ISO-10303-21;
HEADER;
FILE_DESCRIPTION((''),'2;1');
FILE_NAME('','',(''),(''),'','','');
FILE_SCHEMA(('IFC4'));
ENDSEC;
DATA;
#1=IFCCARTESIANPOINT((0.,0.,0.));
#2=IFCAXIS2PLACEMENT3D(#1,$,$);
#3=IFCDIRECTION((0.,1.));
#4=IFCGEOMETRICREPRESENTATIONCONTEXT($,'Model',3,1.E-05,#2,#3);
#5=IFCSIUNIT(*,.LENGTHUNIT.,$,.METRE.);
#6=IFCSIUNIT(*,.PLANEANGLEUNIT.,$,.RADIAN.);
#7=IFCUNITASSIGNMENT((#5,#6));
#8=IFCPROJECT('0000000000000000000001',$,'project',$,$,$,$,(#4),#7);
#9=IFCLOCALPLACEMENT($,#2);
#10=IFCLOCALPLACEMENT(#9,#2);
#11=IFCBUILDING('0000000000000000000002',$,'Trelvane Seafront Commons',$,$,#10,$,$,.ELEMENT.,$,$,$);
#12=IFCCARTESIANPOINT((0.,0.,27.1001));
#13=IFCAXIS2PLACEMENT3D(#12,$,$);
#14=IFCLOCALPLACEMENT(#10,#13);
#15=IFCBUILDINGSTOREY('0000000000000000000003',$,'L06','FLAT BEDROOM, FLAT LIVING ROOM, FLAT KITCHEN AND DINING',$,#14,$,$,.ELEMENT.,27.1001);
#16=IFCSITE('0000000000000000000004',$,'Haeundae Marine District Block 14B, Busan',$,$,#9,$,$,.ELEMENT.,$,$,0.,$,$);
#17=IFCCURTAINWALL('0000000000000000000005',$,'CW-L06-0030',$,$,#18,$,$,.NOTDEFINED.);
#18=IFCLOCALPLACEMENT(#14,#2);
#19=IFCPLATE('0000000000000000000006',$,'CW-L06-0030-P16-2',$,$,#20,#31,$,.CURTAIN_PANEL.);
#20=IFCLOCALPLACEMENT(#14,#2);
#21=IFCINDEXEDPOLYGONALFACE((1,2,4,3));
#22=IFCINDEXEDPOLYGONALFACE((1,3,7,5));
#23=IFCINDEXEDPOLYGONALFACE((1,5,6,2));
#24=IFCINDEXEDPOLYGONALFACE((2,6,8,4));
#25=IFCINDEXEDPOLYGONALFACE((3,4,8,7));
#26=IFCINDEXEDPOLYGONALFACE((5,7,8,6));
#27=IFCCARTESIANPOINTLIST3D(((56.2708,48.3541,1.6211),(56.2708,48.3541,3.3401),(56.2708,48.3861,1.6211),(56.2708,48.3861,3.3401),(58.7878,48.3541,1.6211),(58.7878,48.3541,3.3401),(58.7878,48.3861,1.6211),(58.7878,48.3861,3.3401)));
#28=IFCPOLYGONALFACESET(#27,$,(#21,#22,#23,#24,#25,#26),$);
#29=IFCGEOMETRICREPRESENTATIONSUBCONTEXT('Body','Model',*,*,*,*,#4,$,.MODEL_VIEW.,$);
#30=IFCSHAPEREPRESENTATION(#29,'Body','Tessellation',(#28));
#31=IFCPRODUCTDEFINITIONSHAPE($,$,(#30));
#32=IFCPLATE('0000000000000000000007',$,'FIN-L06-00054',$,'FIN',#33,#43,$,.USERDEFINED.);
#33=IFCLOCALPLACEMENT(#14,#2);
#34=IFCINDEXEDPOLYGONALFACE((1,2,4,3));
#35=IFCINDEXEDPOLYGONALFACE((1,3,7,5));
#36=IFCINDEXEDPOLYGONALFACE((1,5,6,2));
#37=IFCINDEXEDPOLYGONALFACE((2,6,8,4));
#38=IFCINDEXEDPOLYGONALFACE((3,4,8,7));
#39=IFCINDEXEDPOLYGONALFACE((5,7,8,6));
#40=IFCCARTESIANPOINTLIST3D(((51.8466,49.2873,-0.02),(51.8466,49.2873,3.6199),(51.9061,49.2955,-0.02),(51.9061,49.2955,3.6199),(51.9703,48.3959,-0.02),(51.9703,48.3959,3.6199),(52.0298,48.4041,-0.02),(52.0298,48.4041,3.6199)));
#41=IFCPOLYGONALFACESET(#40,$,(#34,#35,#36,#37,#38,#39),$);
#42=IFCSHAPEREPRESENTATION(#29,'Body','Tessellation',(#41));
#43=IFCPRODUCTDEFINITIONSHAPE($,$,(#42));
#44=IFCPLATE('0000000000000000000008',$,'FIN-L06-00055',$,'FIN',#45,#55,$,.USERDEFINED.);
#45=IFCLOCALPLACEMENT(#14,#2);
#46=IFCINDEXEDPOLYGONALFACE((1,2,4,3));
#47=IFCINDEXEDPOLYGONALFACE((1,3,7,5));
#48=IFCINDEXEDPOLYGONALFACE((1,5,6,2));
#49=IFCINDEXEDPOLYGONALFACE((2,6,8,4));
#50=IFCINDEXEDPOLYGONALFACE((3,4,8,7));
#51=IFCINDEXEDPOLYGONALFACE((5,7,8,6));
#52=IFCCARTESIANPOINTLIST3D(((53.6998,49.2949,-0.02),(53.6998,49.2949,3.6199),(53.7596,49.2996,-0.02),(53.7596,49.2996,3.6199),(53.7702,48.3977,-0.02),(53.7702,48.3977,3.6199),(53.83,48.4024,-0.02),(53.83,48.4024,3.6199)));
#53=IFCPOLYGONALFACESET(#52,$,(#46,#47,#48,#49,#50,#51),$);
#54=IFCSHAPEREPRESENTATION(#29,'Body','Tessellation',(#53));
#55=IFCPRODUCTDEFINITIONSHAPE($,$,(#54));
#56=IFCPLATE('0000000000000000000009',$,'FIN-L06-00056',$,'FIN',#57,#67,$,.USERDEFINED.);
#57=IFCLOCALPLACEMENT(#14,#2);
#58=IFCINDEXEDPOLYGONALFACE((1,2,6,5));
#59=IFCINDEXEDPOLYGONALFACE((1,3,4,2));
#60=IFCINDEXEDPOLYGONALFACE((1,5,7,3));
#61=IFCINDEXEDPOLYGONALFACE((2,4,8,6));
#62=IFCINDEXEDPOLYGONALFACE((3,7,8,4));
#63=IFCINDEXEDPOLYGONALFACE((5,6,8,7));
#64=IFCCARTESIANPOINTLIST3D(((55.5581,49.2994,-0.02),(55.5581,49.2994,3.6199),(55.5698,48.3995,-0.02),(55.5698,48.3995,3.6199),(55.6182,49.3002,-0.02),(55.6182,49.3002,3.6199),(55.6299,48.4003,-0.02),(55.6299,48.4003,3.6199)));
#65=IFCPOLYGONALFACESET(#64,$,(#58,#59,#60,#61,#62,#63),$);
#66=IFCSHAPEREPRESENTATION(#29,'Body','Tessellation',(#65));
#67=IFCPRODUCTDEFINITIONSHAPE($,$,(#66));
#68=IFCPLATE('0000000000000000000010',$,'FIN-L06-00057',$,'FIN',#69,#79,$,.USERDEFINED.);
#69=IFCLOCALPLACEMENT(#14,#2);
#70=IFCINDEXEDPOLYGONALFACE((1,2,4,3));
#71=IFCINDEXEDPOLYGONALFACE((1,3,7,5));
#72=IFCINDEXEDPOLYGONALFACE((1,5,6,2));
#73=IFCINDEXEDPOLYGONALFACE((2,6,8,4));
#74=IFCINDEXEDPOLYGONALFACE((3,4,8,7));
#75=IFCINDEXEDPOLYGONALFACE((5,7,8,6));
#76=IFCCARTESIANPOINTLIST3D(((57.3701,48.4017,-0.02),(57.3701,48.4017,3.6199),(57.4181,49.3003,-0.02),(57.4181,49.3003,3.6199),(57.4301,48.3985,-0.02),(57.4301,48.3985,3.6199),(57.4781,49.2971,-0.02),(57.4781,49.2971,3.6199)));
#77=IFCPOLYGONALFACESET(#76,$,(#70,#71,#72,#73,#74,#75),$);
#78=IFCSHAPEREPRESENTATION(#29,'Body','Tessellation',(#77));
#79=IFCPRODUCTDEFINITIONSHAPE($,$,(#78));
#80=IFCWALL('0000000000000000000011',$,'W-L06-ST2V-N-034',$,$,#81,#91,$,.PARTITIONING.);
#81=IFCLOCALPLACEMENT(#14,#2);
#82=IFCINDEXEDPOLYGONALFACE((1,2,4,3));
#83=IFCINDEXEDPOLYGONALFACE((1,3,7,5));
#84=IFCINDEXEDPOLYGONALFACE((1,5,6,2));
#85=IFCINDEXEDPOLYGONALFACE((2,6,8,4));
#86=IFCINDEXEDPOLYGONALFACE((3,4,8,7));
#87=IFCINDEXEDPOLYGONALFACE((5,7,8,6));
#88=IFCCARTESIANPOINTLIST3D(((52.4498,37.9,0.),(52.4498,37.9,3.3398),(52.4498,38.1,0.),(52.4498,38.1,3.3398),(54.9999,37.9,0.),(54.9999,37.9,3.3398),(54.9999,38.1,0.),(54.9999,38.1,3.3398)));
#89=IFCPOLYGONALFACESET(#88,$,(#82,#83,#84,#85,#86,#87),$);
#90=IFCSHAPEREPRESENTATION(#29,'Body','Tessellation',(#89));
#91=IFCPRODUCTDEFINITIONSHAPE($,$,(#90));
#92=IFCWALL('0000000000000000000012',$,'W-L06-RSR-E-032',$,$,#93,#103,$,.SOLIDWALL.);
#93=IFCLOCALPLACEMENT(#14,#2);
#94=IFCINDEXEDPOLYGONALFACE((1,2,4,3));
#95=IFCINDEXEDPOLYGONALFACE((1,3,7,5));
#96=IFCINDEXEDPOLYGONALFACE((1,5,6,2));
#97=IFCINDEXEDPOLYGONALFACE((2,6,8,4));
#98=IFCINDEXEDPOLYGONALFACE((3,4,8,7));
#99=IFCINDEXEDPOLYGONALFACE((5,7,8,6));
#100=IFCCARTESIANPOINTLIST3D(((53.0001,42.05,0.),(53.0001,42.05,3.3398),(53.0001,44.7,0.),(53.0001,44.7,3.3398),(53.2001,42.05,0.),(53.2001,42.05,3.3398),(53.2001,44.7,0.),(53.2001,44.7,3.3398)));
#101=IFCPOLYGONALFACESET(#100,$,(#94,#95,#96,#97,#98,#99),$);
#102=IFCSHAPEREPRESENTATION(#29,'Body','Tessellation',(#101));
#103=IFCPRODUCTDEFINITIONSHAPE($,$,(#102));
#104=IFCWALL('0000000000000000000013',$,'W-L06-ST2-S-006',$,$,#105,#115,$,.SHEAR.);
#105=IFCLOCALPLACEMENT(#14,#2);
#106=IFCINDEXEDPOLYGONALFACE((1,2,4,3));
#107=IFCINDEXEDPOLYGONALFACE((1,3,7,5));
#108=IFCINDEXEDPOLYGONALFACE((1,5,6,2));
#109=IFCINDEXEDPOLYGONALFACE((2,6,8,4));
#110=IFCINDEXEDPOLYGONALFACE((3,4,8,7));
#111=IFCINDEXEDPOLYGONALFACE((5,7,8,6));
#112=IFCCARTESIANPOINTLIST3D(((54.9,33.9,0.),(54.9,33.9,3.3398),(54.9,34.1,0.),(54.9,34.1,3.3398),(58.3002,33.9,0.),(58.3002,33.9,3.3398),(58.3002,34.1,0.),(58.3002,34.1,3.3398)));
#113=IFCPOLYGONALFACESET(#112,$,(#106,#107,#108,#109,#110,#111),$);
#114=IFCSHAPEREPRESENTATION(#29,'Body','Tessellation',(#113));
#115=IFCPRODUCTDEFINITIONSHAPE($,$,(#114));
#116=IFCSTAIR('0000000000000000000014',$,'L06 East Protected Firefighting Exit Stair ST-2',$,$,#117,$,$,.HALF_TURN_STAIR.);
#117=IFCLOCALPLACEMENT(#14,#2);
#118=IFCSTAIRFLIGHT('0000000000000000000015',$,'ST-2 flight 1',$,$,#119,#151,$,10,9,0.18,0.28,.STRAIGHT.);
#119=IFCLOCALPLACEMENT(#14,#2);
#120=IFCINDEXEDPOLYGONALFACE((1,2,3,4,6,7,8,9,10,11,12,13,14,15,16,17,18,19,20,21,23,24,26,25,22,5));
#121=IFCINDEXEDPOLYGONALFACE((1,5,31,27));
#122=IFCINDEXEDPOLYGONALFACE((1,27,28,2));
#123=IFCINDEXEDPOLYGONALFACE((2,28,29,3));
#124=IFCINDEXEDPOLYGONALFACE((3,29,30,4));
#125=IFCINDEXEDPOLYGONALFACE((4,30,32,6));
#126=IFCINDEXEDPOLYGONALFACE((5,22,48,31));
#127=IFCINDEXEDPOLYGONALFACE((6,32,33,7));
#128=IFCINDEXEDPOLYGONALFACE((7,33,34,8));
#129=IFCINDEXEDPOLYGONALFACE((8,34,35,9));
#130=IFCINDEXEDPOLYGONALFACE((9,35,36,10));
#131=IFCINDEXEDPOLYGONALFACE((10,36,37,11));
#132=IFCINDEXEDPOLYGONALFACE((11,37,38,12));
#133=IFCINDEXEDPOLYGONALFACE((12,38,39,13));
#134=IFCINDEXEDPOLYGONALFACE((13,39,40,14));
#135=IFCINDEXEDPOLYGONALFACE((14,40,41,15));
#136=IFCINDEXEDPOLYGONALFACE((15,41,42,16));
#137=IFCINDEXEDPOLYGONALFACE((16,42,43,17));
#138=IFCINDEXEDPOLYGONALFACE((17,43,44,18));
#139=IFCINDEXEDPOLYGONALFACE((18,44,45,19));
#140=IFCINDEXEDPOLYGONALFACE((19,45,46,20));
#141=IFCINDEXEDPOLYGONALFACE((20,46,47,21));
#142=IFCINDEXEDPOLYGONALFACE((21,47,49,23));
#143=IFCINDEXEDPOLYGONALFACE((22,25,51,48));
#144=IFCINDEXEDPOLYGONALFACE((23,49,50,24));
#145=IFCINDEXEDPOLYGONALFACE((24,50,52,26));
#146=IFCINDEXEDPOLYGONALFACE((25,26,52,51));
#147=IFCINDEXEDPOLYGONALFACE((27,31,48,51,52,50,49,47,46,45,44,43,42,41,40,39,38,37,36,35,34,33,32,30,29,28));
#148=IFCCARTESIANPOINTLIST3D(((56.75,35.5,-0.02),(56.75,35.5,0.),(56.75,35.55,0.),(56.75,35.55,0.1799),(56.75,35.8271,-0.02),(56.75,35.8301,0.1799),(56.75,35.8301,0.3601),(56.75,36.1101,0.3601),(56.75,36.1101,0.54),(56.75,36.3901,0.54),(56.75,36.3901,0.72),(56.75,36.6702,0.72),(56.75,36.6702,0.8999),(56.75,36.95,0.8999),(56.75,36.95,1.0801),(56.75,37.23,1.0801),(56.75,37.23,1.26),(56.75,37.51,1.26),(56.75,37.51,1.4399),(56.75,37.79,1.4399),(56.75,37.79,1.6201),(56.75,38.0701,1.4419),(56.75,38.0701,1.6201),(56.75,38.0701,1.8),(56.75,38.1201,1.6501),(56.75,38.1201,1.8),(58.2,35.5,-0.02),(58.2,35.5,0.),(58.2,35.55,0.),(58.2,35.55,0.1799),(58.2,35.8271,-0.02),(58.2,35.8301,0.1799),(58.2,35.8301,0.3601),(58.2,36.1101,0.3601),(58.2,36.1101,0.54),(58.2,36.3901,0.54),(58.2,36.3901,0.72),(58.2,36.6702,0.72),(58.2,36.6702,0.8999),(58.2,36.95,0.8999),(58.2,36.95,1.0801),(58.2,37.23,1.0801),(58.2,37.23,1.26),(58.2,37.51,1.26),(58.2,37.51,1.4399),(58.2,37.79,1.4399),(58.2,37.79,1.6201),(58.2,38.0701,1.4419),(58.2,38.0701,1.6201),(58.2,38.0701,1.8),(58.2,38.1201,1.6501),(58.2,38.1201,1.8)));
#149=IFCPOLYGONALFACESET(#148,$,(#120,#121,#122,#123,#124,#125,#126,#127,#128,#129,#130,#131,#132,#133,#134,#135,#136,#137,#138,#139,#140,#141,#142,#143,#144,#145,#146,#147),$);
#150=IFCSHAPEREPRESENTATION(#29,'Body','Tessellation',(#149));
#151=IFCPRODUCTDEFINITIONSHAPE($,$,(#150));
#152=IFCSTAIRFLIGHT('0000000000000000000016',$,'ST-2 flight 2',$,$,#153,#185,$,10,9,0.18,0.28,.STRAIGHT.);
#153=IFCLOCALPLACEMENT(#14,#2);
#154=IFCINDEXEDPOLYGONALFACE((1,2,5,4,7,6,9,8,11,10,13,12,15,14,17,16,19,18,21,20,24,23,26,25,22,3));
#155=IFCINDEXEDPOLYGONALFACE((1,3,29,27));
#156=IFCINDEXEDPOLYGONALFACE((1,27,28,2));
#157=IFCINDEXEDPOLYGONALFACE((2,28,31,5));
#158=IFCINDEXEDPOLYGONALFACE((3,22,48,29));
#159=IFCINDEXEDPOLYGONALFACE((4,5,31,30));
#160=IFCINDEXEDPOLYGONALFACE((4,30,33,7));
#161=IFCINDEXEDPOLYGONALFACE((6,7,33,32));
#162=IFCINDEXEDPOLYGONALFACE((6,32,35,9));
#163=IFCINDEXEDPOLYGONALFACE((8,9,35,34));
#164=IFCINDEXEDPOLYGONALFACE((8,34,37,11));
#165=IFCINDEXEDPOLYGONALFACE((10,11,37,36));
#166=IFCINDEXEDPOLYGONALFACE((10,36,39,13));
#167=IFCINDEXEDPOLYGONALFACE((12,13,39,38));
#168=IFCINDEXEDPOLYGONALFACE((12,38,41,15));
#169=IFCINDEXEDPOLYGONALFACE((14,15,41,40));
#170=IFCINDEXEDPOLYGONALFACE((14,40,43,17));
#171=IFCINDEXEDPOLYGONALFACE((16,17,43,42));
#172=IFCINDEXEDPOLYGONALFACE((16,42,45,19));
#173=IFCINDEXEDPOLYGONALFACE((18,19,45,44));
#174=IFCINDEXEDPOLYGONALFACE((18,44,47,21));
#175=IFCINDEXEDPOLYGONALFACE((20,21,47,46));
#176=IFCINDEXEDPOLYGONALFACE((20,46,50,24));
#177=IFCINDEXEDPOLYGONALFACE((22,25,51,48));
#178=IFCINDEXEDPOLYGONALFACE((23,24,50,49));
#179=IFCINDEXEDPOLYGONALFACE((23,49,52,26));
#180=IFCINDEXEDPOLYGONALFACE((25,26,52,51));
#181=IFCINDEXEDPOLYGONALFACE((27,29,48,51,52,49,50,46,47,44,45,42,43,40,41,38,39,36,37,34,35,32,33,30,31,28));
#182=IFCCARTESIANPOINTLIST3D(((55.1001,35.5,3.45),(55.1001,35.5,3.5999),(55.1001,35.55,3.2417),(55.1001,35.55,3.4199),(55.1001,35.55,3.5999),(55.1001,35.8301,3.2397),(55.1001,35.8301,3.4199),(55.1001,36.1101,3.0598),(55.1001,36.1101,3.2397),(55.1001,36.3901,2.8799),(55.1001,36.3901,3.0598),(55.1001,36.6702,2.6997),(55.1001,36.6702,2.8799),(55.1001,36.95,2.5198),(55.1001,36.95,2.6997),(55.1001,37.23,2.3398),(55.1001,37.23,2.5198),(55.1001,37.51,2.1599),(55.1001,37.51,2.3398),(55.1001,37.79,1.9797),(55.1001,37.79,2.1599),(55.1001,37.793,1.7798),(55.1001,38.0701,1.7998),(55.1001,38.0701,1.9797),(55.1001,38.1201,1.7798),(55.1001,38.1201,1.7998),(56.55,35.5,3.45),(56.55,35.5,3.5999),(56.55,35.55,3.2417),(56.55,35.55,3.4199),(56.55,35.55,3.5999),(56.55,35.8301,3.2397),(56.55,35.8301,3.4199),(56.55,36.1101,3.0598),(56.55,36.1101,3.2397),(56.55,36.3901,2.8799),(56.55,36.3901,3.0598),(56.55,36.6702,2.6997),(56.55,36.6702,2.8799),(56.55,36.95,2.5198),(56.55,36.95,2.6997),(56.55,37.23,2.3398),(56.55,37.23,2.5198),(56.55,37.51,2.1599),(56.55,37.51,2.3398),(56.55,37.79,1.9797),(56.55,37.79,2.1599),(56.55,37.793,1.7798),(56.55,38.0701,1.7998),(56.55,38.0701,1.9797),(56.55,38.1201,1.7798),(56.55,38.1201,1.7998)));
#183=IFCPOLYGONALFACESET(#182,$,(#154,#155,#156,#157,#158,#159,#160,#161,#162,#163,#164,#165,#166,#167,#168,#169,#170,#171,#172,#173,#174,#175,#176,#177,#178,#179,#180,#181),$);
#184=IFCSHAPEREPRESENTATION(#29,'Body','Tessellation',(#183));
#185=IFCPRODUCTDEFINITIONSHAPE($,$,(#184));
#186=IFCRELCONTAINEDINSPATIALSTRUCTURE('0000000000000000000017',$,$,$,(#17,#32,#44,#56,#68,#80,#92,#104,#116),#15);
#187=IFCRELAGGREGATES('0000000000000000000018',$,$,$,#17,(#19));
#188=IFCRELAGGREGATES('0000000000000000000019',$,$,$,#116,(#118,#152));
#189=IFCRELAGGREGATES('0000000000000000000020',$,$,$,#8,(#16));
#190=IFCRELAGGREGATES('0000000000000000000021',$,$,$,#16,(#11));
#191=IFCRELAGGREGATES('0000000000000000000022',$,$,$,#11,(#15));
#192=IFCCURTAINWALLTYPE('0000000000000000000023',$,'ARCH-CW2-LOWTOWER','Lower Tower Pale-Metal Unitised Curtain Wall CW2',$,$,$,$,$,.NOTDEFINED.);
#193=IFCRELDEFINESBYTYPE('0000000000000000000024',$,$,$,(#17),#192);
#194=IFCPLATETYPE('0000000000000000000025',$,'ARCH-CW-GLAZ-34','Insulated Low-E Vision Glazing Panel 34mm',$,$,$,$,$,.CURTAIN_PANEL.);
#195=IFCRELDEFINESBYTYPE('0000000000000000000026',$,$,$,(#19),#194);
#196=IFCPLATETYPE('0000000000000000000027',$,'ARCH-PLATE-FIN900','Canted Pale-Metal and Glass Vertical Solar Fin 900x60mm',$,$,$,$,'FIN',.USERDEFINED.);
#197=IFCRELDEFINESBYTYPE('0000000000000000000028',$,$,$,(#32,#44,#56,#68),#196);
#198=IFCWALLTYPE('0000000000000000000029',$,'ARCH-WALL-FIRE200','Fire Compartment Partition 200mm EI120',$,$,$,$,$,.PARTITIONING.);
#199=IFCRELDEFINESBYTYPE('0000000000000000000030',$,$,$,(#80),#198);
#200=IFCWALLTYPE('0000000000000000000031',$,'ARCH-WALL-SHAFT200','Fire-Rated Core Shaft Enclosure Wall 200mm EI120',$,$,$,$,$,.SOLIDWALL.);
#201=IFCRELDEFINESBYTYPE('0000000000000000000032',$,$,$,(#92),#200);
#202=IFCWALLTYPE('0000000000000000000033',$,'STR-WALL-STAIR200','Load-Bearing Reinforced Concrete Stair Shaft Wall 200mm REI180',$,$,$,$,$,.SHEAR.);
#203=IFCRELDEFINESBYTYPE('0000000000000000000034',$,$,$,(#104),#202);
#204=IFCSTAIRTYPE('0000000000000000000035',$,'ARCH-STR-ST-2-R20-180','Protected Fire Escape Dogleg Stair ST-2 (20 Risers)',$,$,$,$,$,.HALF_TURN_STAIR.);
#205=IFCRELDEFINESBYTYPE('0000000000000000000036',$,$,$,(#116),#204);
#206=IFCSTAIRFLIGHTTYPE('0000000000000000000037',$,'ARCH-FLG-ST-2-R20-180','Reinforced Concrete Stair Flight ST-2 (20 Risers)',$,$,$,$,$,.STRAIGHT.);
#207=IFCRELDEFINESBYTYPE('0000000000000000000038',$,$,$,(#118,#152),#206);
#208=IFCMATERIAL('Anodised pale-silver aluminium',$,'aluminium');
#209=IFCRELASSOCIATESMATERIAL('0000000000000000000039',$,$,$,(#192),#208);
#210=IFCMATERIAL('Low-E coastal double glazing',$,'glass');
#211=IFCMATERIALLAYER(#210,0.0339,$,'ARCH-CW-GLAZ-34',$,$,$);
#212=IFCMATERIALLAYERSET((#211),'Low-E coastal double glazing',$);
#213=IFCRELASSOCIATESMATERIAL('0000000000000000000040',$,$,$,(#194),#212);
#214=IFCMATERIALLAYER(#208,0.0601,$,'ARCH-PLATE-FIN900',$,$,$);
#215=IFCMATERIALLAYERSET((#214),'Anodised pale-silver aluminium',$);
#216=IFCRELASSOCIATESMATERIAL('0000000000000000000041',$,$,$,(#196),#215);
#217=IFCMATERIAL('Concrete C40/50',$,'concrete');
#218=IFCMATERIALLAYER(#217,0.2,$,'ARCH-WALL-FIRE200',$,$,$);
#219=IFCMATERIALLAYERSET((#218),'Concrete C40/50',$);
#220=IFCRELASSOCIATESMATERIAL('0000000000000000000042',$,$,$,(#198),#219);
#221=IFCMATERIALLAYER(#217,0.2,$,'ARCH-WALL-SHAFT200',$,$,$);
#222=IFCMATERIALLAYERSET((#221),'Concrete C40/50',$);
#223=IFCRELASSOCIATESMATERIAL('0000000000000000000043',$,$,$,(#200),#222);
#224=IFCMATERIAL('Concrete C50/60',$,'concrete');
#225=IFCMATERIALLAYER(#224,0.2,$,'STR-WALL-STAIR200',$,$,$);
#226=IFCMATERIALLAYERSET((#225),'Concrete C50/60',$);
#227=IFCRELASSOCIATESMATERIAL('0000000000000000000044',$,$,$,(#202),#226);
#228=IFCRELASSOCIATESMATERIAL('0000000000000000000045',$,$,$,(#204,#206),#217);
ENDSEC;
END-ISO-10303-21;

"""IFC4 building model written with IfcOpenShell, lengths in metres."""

from ifc_helpers import new_model, si_unit, direction, frame, frame_2d, origin, origin_2d, place, context, subcontext, project, spatial, polyline, rectangle, outline, extrude, source, transform, mapped, material, layer, layer_set, type_object, element, aggregate, save


model = new_model("IFC4")

# Units and contexts
model_context = context("Model", 3, precision=1e-05, world=origin(), true_north=direction((0.0, 1.0)))
body_context = subcontext(model_context, "Body", "Model", "MODEL_VIEW")
ifc_project = project(units=[si_unit("LENGTHUNIT", "METRE"), si_unit("PLANEANGLEUNIT", "RADIAN")], contexts=[model_context])

# Site, building, storey
site_placement = place(None, origin())
site = spatial("IfcSite", under=ifc_project, at=site_placement, Name="Haeundae Marine District Block 14B, Busan", CompositionType="ELEMENT", RefElevation=0.0)
building_placement = place(site_placement, origin())
building = spatial("IfcBuilding", under=site, at=building_placement, Name="Trelvane Seafront Commons", CompositionType="ELEMENT")
storey_placement = place(building_placement, frame((0.0, 0.0, 27.1001)))
storey = spatial("IfcBuildingStorey", under=building, at=storey_placement, Name="L06", Description="FLAT BEDROOM, FLAT LIVING ROOM, FLAT KITCHEN AND DINING", CompositionType="ELEMENT", Elevation=27.1001)

# Curtain wall, plate
ifc_material_1 = material(Name="Anodised pale-silver aluminium", Category="aluminium")
curtain_wall_type = type_object("IfcCurtainWallType", Name="ARCH-CW2-LOWTOWER", Description="Lower Tower Pale-Metal Unitised Curtain Wall CW2", PredefinedType="NOTDEFINED", material=ifc_material_1)
curtain_wall_placement = place(storey_placement, origin())
curtain_wall = element("IfcCurtainWall", 1, at=curtain_wall_placement, inside=storey, type_object=curtain_wall_type, Name="CW-L06-0030", PredefinedType="NOTDEFINED")
ifc_material_2 = material(Name="Low-E coastal double glazing", Category="glass")
ifc_layer_1 = layer(ifc_material_2, 0.0339, Name="ARCH-CW-GLAZ-34")
ifc_layer_set_1 = layer_set([ifc_layer_1], Name="Low-E coastal double glazing")
plate_type_1 = type_object("IfcPlateType", Name="ARCH-CW-GLAZ-34", Description="Insulated Low-E Vision Glazing Panel 34mm", PredefinedType="CURTAIN_PANEL", material=ifc_layer_set_1)
shared_shape_1 = source(origin(), body_context, "Body", "SweptSolid", [
    extrude(rectangle(XDim=2.5171, YDim=0.032, at=origin_2d()), origin(), (0.0, 0.0, 1.0), 1.719),
])
plate_1_placement = place(storey_placement, frame((57.5293, 48.3701, 1.6211), z_axis=(0.0, 0.0, 1.0), x_axis=(1.0, 0.0, 0.0)))
plate_1 = element("IfcPlate", 2, at=plate_1_placement, type_object=plate_type_1, Name="CW-L06-0030-P16-2", PredefinedType="CURTAIN_PANEL", context=body_context, shape_type="MappedRepresentation", body=[
    mapped(shared_shape_1, transform((0.0, 0.0, 0.0), x_axis=(1.0, 0.0, 0.0), y_axis=(0.0, 1.0, 0.0), z_axis=(0.0, 0.0, 1.0), scale=1.0)),
])
aggregate(curtain_wall, [plate_1])

# Plates
ifc_layer_2 = layer(ifc_material_1, 0.0601, Name="ARCH-PLATE-FIN900")
ifc_layer_set_2 = layer_set([ifc_layer_2], Name="Anodised pale-silver aluminium")
plate_type_2 = type_object("IfcPlateType", Name="ARCH-PLATE-FIN900", Description="Canted Pale-Metal and Glass Vertical Solar Fin 900x60mm", ElementType="FIN", PredefinedType="USERDEFINED", material=ifc_layer_set_2)
shared_shape_2 = source(origin(), body_context, "Body", "SweptSolid", [
    extrude(rectangle(XDim=0.8999, YDim=0.0601, at=origin_2d()), origin(), (0.0, 0.0, 1.0), 3.6399),
])
for number, where, z_axis, x_axis, name in (
    (3, (51.9382, 48.8457, -0.02), (0.0, 0.0, 1.0), (-0.137438, 0.99051, 0.0), "FIN-L06-00054"),
    (4, (53.7649, 48.8486, -0.02), (0.0, 0.0, 1.0), (-0.078226, 0.996936, 0.0), "FIN-L06-00055"),
    (5, (55.594, 48.8499, -0.02), (0.0, 0.0, 1.0), (-0.013001, 0.999915, 0.0), "FIN-L06-00056"),
    (6, (57.4241, 48.8494, -0.02), (0.0, 0.0, 1.0), (0.053335, 0.998577, 0.0), "FIN-L06-00057"),
):
    element("IfcPlate", number, at=place(storey_placement, frame(where, z_axis=z_axis, x_axis=x_axis)), inside=storey, type_object=plate_type_2, Name=name, ObjectType="FIN", PredefinedType="USERDEFINED", context=body_context, shape_type="MappedRepresentation", body=[
        mapped(shared_shape_2, transform((0.0, 0.0, 0.0), x_axis=(1.0, 0.0, 0.0), y_axis=(0.0, 1.0, 0.0), z_axis=(0.0, 0.0, 1.0), scale=1.0)),
    ])

# Walls
ifc_material_3 = material(Name="Concrete C40/50", Category="concrete")
ifc_layer_3 = layer(ifc_material_3, 0.2, Name="ARCH-WALL-FIRE200")
ifc_layer_set_3 = layer_set([ifc_layer_3], Name="Concrete C40/50")
wall_type_1 = type_object("IfcWallType", Name="ARCH-WALL-FIRE200", Description="Fire Compartment Partition 200mm EI120", PredefinedType="PARTITIONING", material=ifc_layer_set_3)
wall_1_placement = place(storey_placement, frame((52.45, 38.0, 0.0), z_axis=(0.0, 0.0, 1.0), x_axis=(1.0, 0.0, 0.0)))
element("IfcWall", 7, at=wall_1_placement, inside=storey, type_object=wall_type_1, Name="W-L06-ST2V-N-034", PredefinedType="PARTITIONING", context=body_context, shape_type="SweptSolid", body=[
    extrude(rectangle(XDim=2.55, YDim=0.2, at=frame_2d((1.2749, 0.0))), origin(), (0.0, 0.0, 1.0), 3.3398),
])
ifc_layer_4 = layer(ifc_material_3, 0.2, Name="ARCH-WALL-SHAFT200")
ifc_layer_set_4 = layer_set([ifc_layer_4], Name="Concrete C40/50")
wall_type_2 = type_object("IfcWallType", Name="ARCH-WALL-SHAFT200", Description="Fire-Rated Core Shaft Enclosure Wall 200mm EI120", PredefinedType="SOLIDWALL", material=ifc_layer_set_4)
wall_2_placement = place(storey_placement, frame((53.1001, 42.05, 0.0), z_axis=(0.0, 0.0, 1.0), x_axis=(0.0, 1.0, 0.0)))
element("IfcWall", 8, at=wall_2_placement, inside=storey, type_object=wall_type_2, Name="W-L06-RSR-E-032", PredefinedType="SOLIDWALL", context=body_context, shape_type="SweptSolid", body=[
    extrude(rectangle(XDim=2.6499, YDim=0.2, at=frame_2d((1.325, 0.0))), origin(), (0.0, 0.0, 1.0), 3.3398),
])
ifc_material_4 = material(Name="Concrete C50/60", Category="concrete")
ifc_layer_5 = layer(ifc_material_4, 0.2, Name="STR-WALL-STAIR200")
ifc_layer_set_5 = layer_set([ifc_layer_5], Name="Concrete C50/60")
wall_type_3 = type_object("IfcWallType", Name="STR-WALL-STAIR200", Description="Load-Bearing Reinforced Concrete Stair Shaft Wall 200mm REI180", PredefinedType="SHEAR", material=ifc_layer_set_5)
wall_3_placement = place(storey_placement, frame((54.8999, 34.0, 0.0), z_axis=(0.0, 0.0, 1.0), x_axis=(1.0, 0.0, 0.0)))
element("IfcWall", 9, at=wall_3_placement, inside=storey, type_object=wall_type_3, Name="W-L06-ST2-S-006", PredefinedType="SHEAR", context=body_context, shape_type="SweptSolid", body=[
    extrude(rectangle(XDim=3.4001, YDim=0.2, at=frame_2d((1.7002, 0.0))), origin(), (0.0, 0.0, 1.0), 3.3398),
])

# Stair, stair flights
stair_type = type_object("IfcStairType", Name="ARCH-STR-ST-2-R20-180", Description="Protected Fire Escape Dogleg Stair ST-2 (20 Risers)", PredefinedType="HALF_TURN_STAIR", material=ifc_material_3)
stair_placement = place(storey_placement, origin())
stair = element("IfcStair", 10, at=stair_placement, inside=storey, type_object=stair_type, Name="L06 East Protected Firefighting Exit Stair ST-2", PredefinedType="HALF_TURN_STAIR")
stair_flight_type = type_object("IfcStairFlightType", Name="ARCH-FLG-ST-2-R20-180", Description="Reinforced Concrete Stair Flight ST-2 (20 Risers)", PredefinedType="STRAIGHT", material=ifc_material_3)
shared_shape_3 = source(origin(), body_context, "Body", "SweptSolid", [
    extrude(outline(polyline([(-0.05, -0.02), (-0.05, 0.0), (0.0, 0.0), (0.0, 0.1799), (0.28, 0.1799), (0.28, 0.3601), (0.5601, 0.3601), (0.5601, 0.54), (0.8401, 0.54), (0.8401, 0.72), (1.1201, 0.72), (1.1201, 0.8999), (1.3999, 0.8999), (1.3999, 1.0801), (1.6799, 1.0801), (1.6799, 1.26), (1.96, 1.26), (1.96, 1.4399), (2.24, 1.4399), (2.24, 1.6201), (2.52, 1.6201), (2.52, 1.8), (2.5701, 1.8), (2.5701, 1.6501), (2.52, 1.4419), (0.2771, -0.02), (-0.05, -0.02)])), frame((0.0, 0.7251, 0.0), z_axis=(0.0, -1.0, 0.0), x_axis=(1.0, 0.0, 0.0)), (0.0, 0.0, 1.0), 1.45),
])
stair_flight_1_placement = place(storey_placement, frame((57.4751, 35.55, 0.0), z_axis=(0.0, 0.0, 1.0), x_axis=(0.0, 1.0, 0.0)))
stair_flight_1 = element("IfcStairFlight", 11, at=stair_flight_1_placement, type_object=stair_flight_type, Name="ST-2 flight 1", NumberOfRisers=10, NumberOfTreads=9, PredefinedType="STRAIGHT", RiserHeight=0.18, TreadLength=0.28, context=body_context, shape_type="MappedRepresentation", body=[
    mapped(shared_shape_3, transform((0.0, 0.0, 0.0), x_axis=(1.0, 0.0, 0.0), y_axis=(0.0, 1.0, 0.0), z_axis=(0.0, 0.0, 1.0), scale=1.0)),
])
stair_flight_2_placement = place(storey_placement, frame((55.825, 38.0701, 1.7998), z_axis=(0.0, 0.0, 1.0), x_axis=(0.0, -1.0, 0.0)))
stair_flight_2 = element("IfcStairFlight", 12, at=stair_flight_2_placement, type_object=stair_flight_type, Name="ST-2 flight 2", NumberOfRisers=10, NumberOfTreads=9, PredefinedType="STRAIGHT", RiserHeight=0.18, TreadLength=0.28, context=body_context, shape_type="MappedRepresentation", body=[
    mapped(shared_shape_3, transform((0.0, 0.0, 0.0), x_axis=(1.0, 0.0, 0.0), y_axis=(0.0, 1.0, 0.0), z_axis=(0.0, 0.0, 1.0), scale=1.0)),
])
aggregate(stair, [stair_flight_1, stair_flight_2])

save(model, "model.ifc")
